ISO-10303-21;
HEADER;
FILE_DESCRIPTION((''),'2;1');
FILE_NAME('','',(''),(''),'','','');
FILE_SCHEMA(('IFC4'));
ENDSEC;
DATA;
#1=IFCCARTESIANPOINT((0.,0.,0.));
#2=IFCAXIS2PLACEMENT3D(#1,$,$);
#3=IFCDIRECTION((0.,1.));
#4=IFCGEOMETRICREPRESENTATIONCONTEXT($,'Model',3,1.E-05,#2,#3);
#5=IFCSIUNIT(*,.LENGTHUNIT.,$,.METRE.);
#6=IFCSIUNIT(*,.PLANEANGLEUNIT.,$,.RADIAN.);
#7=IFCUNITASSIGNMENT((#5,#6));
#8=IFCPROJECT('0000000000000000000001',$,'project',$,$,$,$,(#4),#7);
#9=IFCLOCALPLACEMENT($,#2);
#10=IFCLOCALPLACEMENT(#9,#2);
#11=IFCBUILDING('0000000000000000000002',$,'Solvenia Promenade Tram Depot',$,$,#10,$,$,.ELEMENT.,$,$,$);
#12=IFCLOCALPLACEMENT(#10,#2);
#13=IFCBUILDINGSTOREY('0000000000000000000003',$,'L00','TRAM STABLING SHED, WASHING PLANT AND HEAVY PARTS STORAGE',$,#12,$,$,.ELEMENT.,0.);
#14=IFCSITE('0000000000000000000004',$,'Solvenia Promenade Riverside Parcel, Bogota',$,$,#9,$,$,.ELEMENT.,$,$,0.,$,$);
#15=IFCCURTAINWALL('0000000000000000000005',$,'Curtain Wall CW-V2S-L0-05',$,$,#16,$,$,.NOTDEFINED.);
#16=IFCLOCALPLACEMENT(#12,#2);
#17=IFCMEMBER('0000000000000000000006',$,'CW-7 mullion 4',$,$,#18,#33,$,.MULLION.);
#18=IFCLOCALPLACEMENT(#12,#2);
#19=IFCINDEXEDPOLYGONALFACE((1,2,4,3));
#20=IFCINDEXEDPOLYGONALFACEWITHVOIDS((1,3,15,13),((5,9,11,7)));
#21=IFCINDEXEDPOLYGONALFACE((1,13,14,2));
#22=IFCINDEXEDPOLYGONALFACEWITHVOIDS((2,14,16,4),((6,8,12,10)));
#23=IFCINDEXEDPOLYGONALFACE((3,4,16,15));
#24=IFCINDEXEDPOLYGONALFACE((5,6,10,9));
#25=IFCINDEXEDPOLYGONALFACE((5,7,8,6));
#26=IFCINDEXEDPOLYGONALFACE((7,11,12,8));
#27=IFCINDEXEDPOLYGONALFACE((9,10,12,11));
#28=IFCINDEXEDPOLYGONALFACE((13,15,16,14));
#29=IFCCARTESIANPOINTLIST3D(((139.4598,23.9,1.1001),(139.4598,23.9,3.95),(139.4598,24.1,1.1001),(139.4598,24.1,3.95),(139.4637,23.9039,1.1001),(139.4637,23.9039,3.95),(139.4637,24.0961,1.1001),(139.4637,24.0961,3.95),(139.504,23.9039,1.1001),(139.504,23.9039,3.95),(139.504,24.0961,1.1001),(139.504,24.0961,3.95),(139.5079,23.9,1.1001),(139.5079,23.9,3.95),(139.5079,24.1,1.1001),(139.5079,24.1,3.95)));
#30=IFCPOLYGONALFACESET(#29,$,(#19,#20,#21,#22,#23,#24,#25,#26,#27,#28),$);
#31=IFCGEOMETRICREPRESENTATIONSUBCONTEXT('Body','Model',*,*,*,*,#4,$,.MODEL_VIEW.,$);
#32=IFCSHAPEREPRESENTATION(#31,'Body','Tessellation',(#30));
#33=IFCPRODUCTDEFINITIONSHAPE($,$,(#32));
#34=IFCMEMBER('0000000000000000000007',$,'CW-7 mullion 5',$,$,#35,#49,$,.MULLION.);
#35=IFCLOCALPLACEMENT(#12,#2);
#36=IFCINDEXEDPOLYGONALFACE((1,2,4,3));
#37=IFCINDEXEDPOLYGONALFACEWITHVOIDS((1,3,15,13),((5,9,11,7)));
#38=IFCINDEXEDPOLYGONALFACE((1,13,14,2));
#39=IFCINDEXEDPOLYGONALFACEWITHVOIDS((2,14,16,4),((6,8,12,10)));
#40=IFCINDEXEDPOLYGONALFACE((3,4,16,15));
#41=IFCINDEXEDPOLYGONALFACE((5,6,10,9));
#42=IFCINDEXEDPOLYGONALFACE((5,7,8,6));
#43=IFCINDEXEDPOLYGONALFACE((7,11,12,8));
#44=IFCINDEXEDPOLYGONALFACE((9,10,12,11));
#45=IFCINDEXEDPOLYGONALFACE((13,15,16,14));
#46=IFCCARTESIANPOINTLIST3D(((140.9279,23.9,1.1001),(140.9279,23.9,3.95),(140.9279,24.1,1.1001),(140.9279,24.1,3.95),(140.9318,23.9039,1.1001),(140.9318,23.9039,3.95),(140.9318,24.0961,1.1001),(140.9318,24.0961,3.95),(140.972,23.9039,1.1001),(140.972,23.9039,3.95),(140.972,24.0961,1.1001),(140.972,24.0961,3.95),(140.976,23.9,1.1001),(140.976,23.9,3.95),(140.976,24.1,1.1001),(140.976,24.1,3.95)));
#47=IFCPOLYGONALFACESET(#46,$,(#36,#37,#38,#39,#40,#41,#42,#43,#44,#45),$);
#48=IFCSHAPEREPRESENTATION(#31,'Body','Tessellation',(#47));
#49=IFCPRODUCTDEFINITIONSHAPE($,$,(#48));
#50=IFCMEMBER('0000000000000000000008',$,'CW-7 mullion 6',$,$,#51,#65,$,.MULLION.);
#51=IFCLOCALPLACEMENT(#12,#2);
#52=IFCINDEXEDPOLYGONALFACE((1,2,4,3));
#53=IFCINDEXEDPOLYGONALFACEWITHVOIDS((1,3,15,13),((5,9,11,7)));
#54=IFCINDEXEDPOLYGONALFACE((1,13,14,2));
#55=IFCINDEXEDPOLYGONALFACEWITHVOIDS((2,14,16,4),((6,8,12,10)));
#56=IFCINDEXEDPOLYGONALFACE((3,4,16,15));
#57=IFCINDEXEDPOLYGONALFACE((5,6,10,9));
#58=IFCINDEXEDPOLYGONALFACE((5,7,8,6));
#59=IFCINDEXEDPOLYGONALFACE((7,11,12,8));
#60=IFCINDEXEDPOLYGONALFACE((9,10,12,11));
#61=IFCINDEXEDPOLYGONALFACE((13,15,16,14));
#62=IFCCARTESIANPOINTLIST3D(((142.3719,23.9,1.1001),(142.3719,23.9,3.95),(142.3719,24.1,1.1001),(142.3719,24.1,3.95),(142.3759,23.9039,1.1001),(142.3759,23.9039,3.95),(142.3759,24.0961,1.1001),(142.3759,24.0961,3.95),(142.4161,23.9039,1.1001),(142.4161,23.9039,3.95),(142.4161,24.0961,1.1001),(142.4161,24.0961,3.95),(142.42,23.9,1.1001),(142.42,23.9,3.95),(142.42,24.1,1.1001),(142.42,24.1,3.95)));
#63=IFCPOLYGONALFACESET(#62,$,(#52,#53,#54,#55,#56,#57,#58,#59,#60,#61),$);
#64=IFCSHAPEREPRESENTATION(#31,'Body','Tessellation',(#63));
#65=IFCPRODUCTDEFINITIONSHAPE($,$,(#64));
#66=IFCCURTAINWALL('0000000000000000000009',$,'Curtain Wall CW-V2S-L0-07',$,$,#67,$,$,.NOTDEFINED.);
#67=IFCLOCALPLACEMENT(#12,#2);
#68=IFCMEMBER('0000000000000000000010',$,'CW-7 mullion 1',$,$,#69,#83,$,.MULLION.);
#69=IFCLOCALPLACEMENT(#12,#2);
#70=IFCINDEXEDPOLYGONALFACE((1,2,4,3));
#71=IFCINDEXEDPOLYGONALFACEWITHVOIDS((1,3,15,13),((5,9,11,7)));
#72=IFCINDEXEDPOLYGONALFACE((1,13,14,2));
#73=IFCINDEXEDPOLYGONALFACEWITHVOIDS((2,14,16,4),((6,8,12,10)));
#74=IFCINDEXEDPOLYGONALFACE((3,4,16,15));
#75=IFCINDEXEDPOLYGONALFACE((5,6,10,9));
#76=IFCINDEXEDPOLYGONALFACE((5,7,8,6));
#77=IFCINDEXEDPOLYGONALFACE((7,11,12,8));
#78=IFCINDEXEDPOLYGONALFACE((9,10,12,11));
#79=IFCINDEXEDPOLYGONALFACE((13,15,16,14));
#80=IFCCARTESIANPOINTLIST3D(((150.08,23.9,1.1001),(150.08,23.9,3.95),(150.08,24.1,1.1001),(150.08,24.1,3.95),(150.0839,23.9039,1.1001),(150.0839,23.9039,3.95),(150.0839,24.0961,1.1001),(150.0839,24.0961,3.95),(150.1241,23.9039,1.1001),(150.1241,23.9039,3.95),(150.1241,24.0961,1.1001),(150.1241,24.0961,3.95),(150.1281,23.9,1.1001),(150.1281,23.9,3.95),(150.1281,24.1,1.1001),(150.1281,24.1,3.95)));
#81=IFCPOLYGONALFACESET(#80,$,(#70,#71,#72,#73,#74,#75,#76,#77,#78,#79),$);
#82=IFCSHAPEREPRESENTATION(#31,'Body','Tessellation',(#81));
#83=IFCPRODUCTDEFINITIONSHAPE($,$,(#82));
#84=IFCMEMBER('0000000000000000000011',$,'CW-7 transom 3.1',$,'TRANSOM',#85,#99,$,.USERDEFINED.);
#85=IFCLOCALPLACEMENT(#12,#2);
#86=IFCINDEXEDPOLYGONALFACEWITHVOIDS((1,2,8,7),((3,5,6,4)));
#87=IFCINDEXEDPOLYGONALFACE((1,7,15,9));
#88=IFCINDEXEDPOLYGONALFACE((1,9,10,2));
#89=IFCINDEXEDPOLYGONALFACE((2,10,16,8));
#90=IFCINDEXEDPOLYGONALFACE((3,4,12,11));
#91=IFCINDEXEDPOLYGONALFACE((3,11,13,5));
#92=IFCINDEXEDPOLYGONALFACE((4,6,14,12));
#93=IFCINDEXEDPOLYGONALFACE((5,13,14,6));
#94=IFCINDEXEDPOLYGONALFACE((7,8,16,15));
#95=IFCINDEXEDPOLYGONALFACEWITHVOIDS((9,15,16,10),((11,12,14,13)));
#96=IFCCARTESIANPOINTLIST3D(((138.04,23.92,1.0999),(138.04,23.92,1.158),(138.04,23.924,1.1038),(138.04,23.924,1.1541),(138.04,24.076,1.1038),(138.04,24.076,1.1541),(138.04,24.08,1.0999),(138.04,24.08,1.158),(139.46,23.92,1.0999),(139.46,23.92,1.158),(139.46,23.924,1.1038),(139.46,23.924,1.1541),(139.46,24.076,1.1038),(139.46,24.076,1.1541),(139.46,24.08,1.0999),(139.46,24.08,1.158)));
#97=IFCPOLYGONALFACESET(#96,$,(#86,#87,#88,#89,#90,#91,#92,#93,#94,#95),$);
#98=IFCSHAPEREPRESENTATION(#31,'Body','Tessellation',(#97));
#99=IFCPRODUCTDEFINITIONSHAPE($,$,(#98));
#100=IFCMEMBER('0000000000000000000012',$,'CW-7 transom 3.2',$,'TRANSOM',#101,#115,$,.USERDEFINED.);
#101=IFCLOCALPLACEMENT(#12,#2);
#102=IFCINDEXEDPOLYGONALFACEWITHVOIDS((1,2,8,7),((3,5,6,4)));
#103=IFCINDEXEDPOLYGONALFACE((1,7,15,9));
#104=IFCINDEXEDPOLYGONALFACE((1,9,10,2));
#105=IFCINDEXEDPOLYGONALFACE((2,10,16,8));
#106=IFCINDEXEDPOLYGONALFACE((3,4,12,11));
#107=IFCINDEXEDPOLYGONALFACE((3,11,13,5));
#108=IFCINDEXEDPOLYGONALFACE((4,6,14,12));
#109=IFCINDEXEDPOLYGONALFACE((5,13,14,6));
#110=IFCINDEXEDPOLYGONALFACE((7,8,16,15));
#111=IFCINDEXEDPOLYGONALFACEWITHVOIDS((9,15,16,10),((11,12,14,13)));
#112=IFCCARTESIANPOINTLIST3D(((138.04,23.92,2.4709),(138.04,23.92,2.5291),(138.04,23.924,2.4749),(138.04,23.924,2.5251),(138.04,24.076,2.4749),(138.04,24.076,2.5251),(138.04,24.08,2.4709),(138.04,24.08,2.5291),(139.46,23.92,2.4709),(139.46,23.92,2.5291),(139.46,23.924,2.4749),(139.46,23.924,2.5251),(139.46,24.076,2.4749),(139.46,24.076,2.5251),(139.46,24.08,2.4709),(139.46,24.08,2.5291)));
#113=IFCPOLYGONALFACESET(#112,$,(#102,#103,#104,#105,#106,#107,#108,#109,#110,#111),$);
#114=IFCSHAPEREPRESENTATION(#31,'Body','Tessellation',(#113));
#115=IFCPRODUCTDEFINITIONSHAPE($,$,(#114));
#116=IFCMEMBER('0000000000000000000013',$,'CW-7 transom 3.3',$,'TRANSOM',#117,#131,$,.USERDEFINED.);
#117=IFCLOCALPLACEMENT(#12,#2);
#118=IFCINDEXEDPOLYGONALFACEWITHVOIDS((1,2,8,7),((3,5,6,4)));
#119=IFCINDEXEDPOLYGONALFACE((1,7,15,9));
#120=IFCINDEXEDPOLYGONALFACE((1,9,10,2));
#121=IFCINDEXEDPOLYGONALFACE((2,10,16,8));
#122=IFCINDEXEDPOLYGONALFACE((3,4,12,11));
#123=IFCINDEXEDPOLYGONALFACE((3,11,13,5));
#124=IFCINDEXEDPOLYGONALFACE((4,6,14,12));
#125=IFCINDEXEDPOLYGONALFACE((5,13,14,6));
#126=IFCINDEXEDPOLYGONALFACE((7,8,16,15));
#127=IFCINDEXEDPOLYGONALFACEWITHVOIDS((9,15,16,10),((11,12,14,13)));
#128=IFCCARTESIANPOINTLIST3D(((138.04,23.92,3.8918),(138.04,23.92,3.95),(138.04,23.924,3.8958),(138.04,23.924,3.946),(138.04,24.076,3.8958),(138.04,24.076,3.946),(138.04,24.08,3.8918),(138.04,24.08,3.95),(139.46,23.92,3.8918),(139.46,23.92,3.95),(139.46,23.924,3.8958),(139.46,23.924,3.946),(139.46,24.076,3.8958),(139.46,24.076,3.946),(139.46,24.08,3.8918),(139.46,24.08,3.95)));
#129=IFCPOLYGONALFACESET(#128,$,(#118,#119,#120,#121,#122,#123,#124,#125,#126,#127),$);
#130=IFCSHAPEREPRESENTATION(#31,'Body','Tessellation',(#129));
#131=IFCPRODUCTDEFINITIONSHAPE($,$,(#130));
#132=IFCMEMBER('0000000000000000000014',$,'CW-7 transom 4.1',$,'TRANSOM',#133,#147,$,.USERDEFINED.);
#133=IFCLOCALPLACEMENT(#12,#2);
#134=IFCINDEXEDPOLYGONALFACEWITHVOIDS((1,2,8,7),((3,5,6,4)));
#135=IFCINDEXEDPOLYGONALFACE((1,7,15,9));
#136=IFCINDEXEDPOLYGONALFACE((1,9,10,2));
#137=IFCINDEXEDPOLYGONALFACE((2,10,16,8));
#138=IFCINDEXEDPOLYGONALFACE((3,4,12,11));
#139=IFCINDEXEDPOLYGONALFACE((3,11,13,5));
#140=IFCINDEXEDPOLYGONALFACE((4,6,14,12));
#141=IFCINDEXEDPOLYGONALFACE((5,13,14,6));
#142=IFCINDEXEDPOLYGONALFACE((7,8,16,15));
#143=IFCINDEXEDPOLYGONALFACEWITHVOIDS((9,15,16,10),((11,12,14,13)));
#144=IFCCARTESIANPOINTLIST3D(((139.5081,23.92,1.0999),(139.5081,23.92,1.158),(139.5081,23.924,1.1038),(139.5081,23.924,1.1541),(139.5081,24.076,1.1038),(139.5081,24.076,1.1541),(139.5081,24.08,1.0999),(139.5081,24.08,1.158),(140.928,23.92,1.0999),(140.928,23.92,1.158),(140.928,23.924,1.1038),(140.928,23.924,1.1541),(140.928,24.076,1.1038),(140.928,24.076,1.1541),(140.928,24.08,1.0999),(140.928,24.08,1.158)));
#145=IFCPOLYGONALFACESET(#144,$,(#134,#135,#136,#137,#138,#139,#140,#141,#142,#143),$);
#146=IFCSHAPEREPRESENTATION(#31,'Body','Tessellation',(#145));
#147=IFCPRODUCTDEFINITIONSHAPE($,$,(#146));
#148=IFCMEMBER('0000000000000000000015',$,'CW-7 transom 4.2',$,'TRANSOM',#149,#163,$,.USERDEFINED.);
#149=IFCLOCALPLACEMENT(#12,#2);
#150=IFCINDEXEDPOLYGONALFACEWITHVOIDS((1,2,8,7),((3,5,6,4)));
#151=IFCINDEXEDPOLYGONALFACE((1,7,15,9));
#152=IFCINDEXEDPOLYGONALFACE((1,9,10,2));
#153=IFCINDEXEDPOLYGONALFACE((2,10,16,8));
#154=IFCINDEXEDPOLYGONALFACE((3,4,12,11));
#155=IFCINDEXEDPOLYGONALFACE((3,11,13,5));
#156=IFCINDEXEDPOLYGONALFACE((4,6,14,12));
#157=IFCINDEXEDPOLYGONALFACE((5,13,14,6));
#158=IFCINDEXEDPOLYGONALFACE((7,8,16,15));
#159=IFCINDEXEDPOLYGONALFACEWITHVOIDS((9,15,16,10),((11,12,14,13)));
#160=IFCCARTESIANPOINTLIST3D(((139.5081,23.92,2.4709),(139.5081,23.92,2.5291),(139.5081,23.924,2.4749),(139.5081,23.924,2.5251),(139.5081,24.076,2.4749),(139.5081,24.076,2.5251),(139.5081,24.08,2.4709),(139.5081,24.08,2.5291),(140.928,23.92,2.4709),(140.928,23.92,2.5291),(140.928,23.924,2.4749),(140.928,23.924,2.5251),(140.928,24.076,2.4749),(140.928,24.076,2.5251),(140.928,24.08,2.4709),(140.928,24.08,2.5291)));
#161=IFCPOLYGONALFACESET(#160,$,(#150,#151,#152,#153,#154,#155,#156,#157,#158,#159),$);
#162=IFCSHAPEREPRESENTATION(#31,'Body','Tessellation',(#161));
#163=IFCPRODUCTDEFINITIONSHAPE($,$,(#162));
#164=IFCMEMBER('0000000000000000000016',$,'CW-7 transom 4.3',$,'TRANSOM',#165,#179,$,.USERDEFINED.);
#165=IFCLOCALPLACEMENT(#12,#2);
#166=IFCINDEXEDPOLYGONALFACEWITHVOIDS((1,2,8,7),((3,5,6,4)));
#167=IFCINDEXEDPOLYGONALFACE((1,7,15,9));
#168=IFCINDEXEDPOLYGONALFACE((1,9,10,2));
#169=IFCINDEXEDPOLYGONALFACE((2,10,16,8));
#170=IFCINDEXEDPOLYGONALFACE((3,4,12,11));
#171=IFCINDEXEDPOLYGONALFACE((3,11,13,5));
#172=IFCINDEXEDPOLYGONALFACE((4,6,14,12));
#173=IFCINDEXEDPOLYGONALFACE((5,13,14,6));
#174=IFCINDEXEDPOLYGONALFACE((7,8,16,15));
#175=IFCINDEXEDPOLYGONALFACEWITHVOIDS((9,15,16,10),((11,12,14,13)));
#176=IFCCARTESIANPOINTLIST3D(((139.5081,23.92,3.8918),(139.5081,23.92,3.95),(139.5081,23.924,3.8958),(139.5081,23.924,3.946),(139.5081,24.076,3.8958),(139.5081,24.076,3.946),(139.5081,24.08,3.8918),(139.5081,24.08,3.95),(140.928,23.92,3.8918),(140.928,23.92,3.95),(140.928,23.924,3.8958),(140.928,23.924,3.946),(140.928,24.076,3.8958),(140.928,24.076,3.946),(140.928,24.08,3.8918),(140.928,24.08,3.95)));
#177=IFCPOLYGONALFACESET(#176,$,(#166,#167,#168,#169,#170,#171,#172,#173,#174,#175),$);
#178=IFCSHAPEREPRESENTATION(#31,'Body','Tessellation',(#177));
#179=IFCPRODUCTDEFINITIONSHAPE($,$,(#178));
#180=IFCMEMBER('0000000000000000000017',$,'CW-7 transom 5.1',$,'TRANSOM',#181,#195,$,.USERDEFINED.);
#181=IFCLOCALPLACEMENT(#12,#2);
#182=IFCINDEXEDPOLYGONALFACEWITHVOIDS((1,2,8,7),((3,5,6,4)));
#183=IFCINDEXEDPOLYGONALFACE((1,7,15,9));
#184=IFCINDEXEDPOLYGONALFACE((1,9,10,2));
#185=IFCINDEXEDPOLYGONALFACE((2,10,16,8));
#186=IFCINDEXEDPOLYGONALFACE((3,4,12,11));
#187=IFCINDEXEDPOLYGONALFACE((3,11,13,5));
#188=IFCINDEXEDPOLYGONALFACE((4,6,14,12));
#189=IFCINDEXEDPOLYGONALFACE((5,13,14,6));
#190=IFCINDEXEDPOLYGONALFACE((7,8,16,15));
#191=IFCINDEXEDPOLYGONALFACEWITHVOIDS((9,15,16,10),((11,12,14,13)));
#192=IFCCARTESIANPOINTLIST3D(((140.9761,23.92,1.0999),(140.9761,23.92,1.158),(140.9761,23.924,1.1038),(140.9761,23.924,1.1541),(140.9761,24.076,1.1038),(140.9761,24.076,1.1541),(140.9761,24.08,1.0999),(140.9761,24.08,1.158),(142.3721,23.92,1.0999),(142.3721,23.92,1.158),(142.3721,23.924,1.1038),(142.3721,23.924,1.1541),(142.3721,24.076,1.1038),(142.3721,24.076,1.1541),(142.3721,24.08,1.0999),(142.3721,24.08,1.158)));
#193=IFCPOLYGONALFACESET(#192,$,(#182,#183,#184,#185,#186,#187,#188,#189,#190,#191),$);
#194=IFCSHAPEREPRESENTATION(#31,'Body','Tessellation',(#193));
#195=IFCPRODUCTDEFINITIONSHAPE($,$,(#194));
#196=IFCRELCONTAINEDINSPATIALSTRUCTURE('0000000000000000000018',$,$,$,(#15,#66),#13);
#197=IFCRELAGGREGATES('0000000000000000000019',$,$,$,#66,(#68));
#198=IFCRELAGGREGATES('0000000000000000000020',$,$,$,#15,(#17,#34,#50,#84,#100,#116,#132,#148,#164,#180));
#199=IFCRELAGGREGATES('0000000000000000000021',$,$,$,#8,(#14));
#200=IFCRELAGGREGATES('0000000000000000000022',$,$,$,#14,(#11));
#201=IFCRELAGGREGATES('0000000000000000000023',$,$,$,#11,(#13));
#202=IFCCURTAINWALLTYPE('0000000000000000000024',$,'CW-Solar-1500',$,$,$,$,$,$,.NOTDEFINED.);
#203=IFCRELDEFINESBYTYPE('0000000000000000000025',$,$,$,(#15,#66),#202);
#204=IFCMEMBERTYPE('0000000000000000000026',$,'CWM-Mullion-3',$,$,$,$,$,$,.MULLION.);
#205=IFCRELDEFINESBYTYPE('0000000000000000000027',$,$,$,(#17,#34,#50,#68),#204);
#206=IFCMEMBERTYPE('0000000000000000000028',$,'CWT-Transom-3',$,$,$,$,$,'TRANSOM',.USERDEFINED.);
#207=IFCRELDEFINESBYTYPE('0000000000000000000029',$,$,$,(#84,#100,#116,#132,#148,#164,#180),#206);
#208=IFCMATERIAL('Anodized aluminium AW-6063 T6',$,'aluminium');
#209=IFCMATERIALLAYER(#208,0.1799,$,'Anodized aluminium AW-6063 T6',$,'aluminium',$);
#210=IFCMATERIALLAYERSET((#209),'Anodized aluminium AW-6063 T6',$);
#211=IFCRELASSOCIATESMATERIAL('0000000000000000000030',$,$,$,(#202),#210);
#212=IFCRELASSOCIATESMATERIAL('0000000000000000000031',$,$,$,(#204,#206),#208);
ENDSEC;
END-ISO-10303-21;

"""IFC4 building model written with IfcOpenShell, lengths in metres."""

from ifc_helpers import new_model, si_unit, direction, frame, origin, origin_2d, place, context, subcontext, project, spatial, hollow_rectangle, extrude, material, layer, layer_set, material_profile, profile_set, type_object, element, aggregate, save


model = new_model("IFC4")

# Units and contexts
model_context = context("Model", 3, precision=1e-05, world=origin(), true_north=direction((0.0, 1.0)))
body_context = subcontext(model_context, "Body", "Model", "MODEL_VIEW")
ifc_project = project(units=[si_unit("LENGTHUNIT", "METRE"), si_unit("PLANEANGLEUNIT", "RADIAN")], contexts=[model_context])

# Site, building, storey
site_placement = place(None, origin())
site = spatial("IfcSite", under=ifc_project, at=site_placement, Name="Solvenia Promenade Riverside Parcel, Bogota", CompositionType="ELEMENT", RefElevation=0.0)
building_placement = place(site_placement, origin())
building = spatial("IfcBuilding", under=site, at=building_placement, Name="Solvenia Promenade Tram Depot", CompositionType="ELEMENT")
storey_placement = place(building_placement, origin())
storey = spatial("IfcBuildingStorey", under=building, at=storey_placement, Name="L00", Description="TRAM STABLING SHED, WASHING PLANT AND HEAVY PARTS STORAGE", CompositionType="ELEMENT", Elevation=0.0)

# Curtain wall, members
ifc_material_1 = material(Name="Anodized aluminium AW-6063 T6", Category="aluminium")
ifc_layer_1 = layer(ifc_material_1, 0.1799, Name="Anodized aluminium AW-6063 T6", Category="aluminium")
ifc_layer_set_1 = layer_set([ifc_layer_1], Name="Anodized aluminium AW-6063 T6")
curtain_wall_type = type_object("IfcCurtainWallType", Name="CW-Solar-1500", PredefinedType="NOTDEFINED", material=ifc_layer_set_1)
curtain_wall_1_placement = place(storey_placement, origin())
curtain_wall_1 = element("IfcCurtainWall", 1, at=curtain_wall_1_placement, inside=storey, type_object=curtain_wall_type, Name="Curtain Wall CW-V2S-L0-05", PredefinedType="NOTDEFINED")
ifc_material_profile_1 = material_profile(ifc_material_1, hollow_rectangle(XDim=0.2, YDim=0.0481, WallThickness=0.0039, at=origin_2d()), Name="ALU-M3", Category="aluminium")
ifc_profile_set_1 = profile_set([ifc_material_profile_1], Name="Anodized aluminium AW-6063 T6")
member_type_1 = type_object("IfcMemberType", Name="CWM-Mullion-3", PredefinedType="MULLION", material=ifc_profile_set_1)
member_1_placement = place(storey_placement, frame((139.4839, 24.0, 1.1001), z_axis=(0.0, 0.0, 1.0), x_axis=(0.0, 1.0, 0.0)))
member_1 = element("IfcMember", 2, at=member_1_placement, type_object=member_type_1, Name="CW-7 mullion 4", PredefinedType="MULLION", context=body_context, shape_type="SweptSolid", body=[
    extrude(hollow_rectangle(XDim=0.2, YDim=0.0481, WallThickness=0.0039, at=origin_2d()), origin(), (0.0, 0.0, 1.0), 2.8499),
])
member_2_placement = place(storey_placement, frame((140.9519, 24.0, 1.1001), z_axis=(0.0, 0.0, 1.0), x_axis=(0.0, 1.0, 0.0)))
member_2 = element("IfcMember", 3, at=member_2_placement, type_object=member_type_1, Name="CW-7 mullion 5", PredefinedType="MULLION", context=body_context, shape_type="SweptSolid", body=[
    extrude(hollow_rectangle(XDim=0.2, YDim=0.0481, WallThickness=0.0039, at=origin_2d()), origin(), (0.0, 0.0, 1.0), 2.8499),
])
member_3_placement = place(storey_placement, frame((142.396, 24.0, 1.1001), z_axis=(0.0, 0.0, 1.0), x_axis=(0.0, 1.0, 0.0)))
member_3 = element("IfcMember", 4, at=member_3_placement, type_object=member_type_1, Name="CW-7 mullion 6", PredefinedType="MULLION", context=body_context, shape_type="SweptSolid", body=[
    extrude(hollow_rectangle(XDim=0.2, YDim=0.0481, WallThickness=0.0039, at=origin_2d()), origin(), (0.0, 0.0, 1.0), 2.8499),
])

# Curtain wall, member
curtain_wall_2_placement = place(storey_placement, origin())
curtain_wall_2 = element("IfcCurtainWall", 5, at=curtain_wall_2_placement, inside=storey, type_object=curtain_wall_type, Name="Curtain Wall CW-V2S-L0-07", PredefinedType="NOTDEFINED")
member_4_placement = place(storey_placement, frame((150.104, 24.0, 1.1001), z_axis=(0.0, 0.0, 1.0), x_axis=(0.0, 1.0, 0.0)))
member_4 = element("IfcMember", 6, at=member_4_placement, type_object=member_type_1, Name="CW-7 mullion 1", PredefinedType="MULLION", context=body_context, shape_type="SweptSolid", body=[
    extrude(hollow_rectangle(XDim=0.2, YDim=0.0481, WallThickness=0.0039, at=origin_2d()), origin(), (0.0, 0.0, 1.0), 2.8499),
])

# Members
ifc_material_profile_2 = material_profile(ifc_material_1, hollow_rectangle(XDim=0.1599, YDim=0.0581, WallThickness=0.0039, at=origin_2d()), Name="ALU-T3", Category="aluminium")
ifc_profile_set_2 = profile_set([ifc_material_profile_2], Name="Anodized aluminium AW-6063 T6")
member_type_2 = type_object("IfcMemberType", Name="CWT-Transom-3", ElementType="TRANSOM", PredefinedType="USERDEFINED", material=ifc_profile_set_2)
member_5_placement = place(storey_placement, frame((138.04, 24.0, 1.1289), z_axis=(1.0, 0.0, 0.0), x_axis=(0.0, 1.0, 0.0)))
member_5 = element("IfcMember", 7, at=member_5_placement, type_object=member_type_2, Name="CW-7 transom 3.1", ObjectType="TRANSOM", PredefinedType="USERDEFINED", context=body_context, shape_type="SweptSolid", body=[
    extrude(hollow_rectangle(XDim=0.1599, YDim=0.0581, WallThickness=0.0039, at=origin_2d()), origin(), (0.0, 0.0, 1.0), 1.4199),
])
member_6_placement = place(storey_placement, frame((138.04, 24.0, 2.5), z_axis=(1.0, 0.0, 0.0), x_axis=(0.0, 1.0, 0.0)))
member_6 = element("IfcMember", 8, at=member_6_placement, type_object=member_type_2, Name="CW-7 transom 3.2", ObjectType="TRANSOM", PredefinedType="USERDEFINED", context=body_context, shape_type="SweptSolid", body=[
    extrude(hollow_rectangle(XDim=0.1599, YDim=0.0581, WallThickness=0.0039, at=origin_2d()), origin(), (0.0, 0.0, 1.0), 1.4199),
])
member_7_placement = place(storey_placement, frame((138.04, 24.0, 3.9209), z_axis=(1.0, 0.0, 0.0), x_axis=(0.0, 1.0, 0.0)))
member_7 = element("IfcMember", 9, at=member_7_placement, type_object=member_type_2, Name="CW-7 transom 3.3", ObjectType="TRANSOM", PredefinedType="USERDEFINED", context=body_context, shape_type="SweptSolid", body=[
    extrude(hollow_rectangle(XDim=0.1599, YDim=0.0581, WallThickness=0.0039, at=origin_2d()), origin(), (0.0, 0.0, 1.0), 1.4199),
])
member_8_placement = place(storey_placement, frame((139.5081, 24.0, 1.1289), z_axis=(1.0, 0.0, 0.0), x_axis=(0.0, 1.0, 0.0)))
member_8 = element("IfcMember", 10, at=member_8_placement, type_object=member_type_2, Name="CW-7 transom 4.1", ObjectType="TRANSOM", PredefinedType="USERDEFINED", context=body_context, shape_type="SweptSolid", body=[
    extrude(hollow_rectangle(XDim=0.1599, YDim=0.0581, WallThickness=0.0039, at=origin_2d()), origin(), (0.0, 0.0, 1.0), 1.4199),
])
member_9_placement = place(storey_placement, frame((139.5081, 24.0, 2.5), z_axis=(1.0, 0.0, 0.0), x_axis=(0.0, 1.0, 0.0)))
member_9 = element("IfcMember", 11, at=member_9_placement, type_object=member_type_2, Name="CW-7 transom 4.2", ObjectType="TRANSOM", PredefinedType="USERDEFINED", context=body_context, shape_type="SweptSolid", body=[
    extrude(hollow_rectangle(XDim=0.1599, YDim=0.0581, WallThickness=0.0039, at=origin_2d()), origin(), (0.0, 0.0, 1.0), 1.4199),
])
member_10_placement = place(storey_placement, frame((139.5081, 24.0, 3.9209), z_axis=(1.0, 0.0, 0.0), x_axis=(0.0, 1.0, 0.0)))
member_10 = element("IfcMember", 12, at=member_10_placement, type_object=member_type_2, Name="CW-7 transom 4.3", ObjectType="TRANSOM", PredefinedType="USERDEFINED", context=body_context, shape_type="SweptSolid", body=[
    extrude(hollow_rectangle(XDim=0.1599, YDim=0.0581, WallThickness=0.0039, at=origin_2d()), origin(), (0.0, 0.0, 1.0), 1.4199),
])
member_11_placement = place(storey_placement, frame((140.9761, 24.0, 1.1289), z_axis=(1.0, 0.0, 0.0), x_axis=(0.0, 1.0, 0.0)))
member_11 = element("IfcMember", 13, at=member_11_placement, type_object=member_type_2, Name="CW-7 transom 5.1", ObjectType="TRANSOM", PredefinedType="USERDEFINED", context=body_context, shape_type="SweptSolid", body=[
    extrude(hollow_rectangle(XDim=0.1599, YDim=0.0581, WallThickness=0.0039, at=origin_2d()), origin(), (0.0, 0.0, 1.0), 1.396),
])
aggregate(curtain_wall_2, [member_4])

aggregate(curtain_wall_1, [member_1, member_2, member_3, member_5, member_6, member_7, member_8, member_9, member_10, member_11])

save(model, "model.ifc")
